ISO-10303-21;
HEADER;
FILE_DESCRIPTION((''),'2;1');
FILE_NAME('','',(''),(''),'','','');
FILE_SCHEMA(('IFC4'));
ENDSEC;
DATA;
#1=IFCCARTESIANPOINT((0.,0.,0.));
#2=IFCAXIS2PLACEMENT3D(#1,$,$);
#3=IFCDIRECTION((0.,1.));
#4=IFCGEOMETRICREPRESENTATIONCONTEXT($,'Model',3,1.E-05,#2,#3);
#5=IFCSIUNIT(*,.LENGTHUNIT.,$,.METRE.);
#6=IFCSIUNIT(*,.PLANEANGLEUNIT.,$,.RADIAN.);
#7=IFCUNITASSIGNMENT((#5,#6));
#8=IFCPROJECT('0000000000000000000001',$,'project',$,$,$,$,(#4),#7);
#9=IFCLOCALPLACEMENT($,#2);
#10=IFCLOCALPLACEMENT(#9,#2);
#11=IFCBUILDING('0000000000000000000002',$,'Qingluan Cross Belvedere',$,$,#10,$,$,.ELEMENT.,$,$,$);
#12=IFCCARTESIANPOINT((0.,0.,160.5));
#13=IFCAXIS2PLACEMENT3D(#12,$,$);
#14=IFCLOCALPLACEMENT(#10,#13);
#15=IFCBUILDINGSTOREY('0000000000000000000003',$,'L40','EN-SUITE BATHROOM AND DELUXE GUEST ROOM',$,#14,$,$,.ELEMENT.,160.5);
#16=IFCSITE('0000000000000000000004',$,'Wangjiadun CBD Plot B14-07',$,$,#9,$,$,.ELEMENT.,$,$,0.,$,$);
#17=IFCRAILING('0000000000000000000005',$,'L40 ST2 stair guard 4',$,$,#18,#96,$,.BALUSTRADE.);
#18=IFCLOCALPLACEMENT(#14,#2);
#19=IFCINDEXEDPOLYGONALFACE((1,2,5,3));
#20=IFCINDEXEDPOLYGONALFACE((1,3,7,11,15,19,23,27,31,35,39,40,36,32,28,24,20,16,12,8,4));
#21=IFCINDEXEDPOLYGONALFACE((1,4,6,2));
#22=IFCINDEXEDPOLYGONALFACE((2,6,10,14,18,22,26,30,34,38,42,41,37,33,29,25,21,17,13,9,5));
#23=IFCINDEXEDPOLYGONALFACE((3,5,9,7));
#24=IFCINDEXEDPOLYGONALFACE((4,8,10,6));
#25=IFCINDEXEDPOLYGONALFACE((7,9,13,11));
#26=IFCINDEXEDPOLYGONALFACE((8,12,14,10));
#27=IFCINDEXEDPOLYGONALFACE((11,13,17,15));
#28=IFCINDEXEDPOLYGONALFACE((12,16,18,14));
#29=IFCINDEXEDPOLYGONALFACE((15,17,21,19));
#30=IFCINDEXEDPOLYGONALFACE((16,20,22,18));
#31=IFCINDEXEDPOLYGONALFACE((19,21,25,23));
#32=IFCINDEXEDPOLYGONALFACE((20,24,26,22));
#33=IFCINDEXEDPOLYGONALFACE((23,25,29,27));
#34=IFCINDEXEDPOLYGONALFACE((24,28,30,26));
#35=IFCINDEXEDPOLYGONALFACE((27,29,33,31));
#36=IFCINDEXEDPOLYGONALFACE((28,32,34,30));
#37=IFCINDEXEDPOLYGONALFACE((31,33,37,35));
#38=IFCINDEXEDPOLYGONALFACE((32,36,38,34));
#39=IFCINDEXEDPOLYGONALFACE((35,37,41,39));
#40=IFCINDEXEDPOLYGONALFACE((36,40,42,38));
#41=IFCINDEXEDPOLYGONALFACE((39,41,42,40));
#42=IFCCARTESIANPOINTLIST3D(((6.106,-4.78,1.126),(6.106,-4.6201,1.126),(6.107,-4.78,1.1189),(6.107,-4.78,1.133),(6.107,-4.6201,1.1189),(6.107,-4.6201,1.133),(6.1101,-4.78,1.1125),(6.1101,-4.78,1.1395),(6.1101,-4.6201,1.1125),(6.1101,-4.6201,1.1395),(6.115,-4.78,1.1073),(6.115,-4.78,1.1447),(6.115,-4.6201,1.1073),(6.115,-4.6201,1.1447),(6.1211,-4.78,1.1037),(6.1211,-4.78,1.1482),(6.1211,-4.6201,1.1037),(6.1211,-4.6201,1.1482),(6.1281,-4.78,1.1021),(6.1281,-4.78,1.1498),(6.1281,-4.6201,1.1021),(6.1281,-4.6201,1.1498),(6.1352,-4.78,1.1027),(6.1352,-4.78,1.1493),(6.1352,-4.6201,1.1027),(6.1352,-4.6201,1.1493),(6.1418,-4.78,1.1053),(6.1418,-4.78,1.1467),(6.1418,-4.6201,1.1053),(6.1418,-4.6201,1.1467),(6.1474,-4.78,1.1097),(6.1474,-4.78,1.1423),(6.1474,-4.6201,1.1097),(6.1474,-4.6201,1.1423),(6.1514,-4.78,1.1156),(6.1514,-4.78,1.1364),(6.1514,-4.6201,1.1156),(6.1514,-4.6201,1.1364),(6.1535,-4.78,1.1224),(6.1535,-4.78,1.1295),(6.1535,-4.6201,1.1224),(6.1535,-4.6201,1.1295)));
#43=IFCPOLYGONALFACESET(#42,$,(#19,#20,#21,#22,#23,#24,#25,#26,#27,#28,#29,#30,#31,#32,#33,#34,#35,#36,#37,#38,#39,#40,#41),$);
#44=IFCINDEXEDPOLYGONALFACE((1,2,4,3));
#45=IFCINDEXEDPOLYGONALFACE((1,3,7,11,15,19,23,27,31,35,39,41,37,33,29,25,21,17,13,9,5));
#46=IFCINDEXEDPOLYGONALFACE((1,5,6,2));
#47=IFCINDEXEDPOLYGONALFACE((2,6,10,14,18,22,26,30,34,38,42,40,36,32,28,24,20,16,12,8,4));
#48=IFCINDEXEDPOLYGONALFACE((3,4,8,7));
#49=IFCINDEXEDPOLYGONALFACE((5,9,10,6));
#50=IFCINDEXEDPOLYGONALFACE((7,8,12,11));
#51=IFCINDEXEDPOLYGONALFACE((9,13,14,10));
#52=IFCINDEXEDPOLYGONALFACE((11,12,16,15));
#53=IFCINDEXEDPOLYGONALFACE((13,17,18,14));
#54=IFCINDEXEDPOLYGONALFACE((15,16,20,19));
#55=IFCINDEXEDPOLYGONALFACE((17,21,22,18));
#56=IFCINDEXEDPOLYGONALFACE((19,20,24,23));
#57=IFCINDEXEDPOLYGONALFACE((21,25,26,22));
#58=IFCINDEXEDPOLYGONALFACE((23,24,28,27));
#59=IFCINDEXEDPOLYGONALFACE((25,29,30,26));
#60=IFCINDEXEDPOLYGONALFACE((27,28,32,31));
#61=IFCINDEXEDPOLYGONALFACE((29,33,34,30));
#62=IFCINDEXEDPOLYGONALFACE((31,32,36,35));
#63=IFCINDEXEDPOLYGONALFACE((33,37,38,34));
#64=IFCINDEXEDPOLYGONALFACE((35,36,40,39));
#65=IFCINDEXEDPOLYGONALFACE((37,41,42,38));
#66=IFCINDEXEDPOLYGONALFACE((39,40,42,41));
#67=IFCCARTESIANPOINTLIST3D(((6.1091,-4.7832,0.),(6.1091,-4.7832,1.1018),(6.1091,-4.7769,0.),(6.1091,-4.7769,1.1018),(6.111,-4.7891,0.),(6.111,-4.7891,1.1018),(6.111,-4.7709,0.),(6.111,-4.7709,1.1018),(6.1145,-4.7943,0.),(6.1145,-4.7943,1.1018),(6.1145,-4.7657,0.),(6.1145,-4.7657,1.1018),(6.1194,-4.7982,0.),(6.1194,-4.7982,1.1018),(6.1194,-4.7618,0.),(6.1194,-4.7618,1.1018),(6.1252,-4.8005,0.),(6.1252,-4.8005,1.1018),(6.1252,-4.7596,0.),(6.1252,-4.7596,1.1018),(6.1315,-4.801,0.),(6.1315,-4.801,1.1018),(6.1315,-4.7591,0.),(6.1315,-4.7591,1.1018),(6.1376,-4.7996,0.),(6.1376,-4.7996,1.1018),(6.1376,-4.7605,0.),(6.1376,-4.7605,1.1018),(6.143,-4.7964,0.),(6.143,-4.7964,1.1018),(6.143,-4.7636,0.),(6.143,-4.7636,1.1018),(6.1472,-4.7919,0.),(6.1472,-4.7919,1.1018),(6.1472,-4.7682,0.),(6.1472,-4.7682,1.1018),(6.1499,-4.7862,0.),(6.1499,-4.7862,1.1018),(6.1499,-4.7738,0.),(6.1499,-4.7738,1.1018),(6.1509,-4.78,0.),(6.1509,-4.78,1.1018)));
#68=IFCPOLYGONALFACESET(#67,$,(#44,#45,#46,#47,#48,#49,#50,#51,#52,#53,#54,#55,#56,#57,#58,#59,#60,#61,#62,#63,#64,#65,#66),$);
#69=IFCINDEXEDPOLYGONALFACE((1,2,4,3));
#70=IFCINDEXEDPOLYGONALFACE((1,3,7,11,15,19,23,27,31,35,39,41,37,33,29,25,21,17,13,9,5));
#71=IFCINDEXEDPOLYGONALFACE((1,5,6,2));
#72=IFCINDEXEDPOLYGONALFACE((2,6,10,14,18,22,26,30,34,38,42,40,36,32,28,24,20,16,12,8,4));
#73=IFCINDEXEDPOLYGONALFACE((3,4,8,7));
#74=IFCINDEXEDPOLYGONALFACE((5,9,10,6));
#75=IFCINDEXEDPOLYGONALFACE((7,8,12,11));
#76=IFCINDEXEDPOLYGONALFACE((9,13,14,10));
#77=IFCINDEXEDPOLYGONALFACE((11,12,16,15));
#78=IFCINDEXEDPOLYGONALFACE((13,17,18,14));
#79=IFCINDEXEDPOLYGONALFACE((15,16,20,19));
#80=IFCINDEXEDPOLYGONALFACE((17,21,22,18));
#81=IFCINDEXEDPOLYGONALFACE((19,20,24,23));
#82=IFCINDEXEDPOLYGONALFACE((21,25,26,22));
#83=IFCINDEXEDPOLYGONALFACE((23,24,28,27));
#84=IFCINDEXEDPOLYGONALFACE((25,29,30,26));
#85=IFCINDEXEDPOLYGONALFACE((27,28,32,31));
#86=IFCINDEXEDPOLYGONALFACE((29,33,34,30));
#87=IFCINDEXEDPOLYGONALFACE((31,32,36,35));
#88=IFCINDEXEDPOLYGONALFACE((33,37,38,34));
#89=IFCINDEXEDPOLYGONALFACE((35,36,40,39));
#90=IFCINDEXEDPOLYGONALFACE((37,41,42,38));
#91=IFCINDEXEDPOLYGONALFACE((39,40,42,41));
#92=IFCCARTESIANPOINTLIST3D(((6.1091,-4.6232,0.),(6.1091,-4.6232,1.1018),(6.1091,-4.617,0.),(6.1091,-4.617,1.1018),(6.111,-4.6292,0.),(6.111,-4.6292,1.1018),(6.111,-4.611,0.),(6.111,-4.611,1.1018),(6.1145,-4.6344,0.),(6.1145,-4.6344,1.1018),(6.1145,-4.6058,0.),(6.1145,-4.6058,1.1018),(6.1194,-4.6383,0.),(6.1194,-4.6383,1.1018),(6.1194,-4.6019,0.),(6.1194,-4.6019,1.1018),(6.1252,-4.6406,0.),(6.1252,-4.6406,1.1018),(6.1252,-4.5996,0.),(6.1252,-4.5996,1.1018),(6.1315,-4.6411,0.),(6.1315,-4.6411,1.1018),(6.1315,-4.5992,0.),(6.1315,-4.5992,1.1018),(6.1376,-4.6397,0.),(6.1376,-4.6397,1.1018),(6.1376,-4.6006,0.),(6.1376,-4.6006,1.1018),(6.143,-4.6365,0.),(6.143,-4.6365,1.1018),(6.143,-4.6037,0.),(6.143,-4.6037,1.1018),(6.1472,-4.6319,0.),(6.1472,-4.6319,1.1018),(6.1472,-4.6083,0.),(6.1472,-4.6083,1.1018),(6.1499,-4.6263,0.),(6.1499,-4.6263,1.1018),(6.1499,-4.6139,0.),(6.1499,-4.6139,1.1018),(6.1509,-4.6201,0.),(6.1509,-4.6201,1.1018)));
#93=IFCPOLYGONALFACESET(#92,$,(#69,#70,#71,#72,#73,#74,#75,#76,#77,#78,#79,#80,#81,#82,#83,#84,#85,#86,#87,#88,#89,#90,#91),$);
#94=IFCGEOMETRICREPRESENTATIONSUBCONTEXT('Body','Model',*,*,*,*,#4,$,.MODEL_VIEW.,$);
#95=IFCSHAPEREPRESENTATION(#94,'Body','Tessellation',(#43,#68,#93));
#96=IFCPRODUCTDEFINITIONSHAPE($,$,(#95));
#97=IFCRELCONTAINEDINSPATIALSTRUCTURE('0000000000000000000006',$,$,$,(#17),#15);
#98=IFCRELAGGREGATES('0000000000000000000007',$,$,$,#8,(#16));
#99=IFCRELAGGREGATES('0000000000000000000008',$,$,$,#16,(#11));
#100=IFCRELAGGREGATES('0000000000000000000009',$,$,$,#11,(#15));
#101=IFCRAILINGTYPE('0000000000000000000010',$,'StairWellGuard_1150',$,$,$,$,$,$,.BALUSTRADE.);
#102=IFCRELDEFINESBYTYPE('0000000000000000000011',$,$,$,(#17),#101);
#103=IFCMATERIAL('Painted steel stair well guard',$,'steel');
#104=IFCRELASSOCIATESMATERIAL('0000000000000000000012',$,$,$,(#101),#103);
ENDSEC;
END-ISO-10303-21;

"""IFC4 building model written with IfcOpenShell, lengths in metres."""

from ifc_helpers import new_model, si_unit, direction, frame, origin, origin_2d, place, context, subcontext, project, spatial, circle, extrude, material, type_object, element, save


model = new_model("IFC4")

# Units and contexts
model_context = context("Model", 3, precision=1e-05, world=origin(), true_north=direction((0.0, 1.0)))
body_context = subcontext(model_context, "Body", "Model", "MODEL_VIEW")
ifc_project = project(units=[si_unit("LENGTHUNIT", "METRE"), si_unit("PLANEANGLEUNIT", "RADIAN")], contexts=[model_context])

# Site, building, storey
site_placement = place(None, origin())
site = spatial("IfcSite", under=ifc_project, at=site_placement, Name="Wangjiadun CBD Plot B14-07", CompositionType="ELEMENT", RefElevation=0.0)
building_placement = place(site_placement, origin())
building = spatial("IfcBuilding", under=site, at=building_placement, Name="Qingluan Cross Belvedere", CompositionType="ELEMENT")
storey_placement = place(building_placement, frame((0.0, 0.0, 160.5)))
storey = spatial("IfcBuildingStorey", under=building, at=storey_placement, Name="L40", Description="EN-SUITE BATHROOM AND DELUXE GUEST ROOM", CompositionType="ELEMENT", Elevation=160.5)

# Railing
ifc_material_1 = material(Name="Painted steel stair well guard", Category="steel")
railing_type_1 = type_object("IfcRailingType", Name="StairWellGuard_1150", PredefinedType="BALUSTRADE", material=ifc_material_1)
railing_1_placement = place(storey_placement, frame((6.1299, -4.78, 0.0)))
element("IfcRailing", 1, at=railing_1_placement, inside=storey, type_object=railing_type_1, Name="L40 ST2 stair guard 4", PredefinedType="BALUSTRADE", context=body_context, shape_type="SweptSolid", body=[
    extrude(circle(Radius=0.0239, at=origin_2d()), frame((0.0, 0.0, 1.126), z_axis=(0.0, 1.0, 0.0), x_axis=(-1.0, 0.0, 0.0)), (0.0, 0.0, 1.0), 0.1599),
    extrude(circle(Radius=0.021, at=origin_2d()), origin(), (0.0, 0.0, 1.0), 1.1018),
    extrude(circle(Radius=0.021, at=origin_2d()), frame((0.0, 0.1599, 0.0)), (0.0, 0.0, 1.0), 1.1018),
])

save(model, "model.ifc")
